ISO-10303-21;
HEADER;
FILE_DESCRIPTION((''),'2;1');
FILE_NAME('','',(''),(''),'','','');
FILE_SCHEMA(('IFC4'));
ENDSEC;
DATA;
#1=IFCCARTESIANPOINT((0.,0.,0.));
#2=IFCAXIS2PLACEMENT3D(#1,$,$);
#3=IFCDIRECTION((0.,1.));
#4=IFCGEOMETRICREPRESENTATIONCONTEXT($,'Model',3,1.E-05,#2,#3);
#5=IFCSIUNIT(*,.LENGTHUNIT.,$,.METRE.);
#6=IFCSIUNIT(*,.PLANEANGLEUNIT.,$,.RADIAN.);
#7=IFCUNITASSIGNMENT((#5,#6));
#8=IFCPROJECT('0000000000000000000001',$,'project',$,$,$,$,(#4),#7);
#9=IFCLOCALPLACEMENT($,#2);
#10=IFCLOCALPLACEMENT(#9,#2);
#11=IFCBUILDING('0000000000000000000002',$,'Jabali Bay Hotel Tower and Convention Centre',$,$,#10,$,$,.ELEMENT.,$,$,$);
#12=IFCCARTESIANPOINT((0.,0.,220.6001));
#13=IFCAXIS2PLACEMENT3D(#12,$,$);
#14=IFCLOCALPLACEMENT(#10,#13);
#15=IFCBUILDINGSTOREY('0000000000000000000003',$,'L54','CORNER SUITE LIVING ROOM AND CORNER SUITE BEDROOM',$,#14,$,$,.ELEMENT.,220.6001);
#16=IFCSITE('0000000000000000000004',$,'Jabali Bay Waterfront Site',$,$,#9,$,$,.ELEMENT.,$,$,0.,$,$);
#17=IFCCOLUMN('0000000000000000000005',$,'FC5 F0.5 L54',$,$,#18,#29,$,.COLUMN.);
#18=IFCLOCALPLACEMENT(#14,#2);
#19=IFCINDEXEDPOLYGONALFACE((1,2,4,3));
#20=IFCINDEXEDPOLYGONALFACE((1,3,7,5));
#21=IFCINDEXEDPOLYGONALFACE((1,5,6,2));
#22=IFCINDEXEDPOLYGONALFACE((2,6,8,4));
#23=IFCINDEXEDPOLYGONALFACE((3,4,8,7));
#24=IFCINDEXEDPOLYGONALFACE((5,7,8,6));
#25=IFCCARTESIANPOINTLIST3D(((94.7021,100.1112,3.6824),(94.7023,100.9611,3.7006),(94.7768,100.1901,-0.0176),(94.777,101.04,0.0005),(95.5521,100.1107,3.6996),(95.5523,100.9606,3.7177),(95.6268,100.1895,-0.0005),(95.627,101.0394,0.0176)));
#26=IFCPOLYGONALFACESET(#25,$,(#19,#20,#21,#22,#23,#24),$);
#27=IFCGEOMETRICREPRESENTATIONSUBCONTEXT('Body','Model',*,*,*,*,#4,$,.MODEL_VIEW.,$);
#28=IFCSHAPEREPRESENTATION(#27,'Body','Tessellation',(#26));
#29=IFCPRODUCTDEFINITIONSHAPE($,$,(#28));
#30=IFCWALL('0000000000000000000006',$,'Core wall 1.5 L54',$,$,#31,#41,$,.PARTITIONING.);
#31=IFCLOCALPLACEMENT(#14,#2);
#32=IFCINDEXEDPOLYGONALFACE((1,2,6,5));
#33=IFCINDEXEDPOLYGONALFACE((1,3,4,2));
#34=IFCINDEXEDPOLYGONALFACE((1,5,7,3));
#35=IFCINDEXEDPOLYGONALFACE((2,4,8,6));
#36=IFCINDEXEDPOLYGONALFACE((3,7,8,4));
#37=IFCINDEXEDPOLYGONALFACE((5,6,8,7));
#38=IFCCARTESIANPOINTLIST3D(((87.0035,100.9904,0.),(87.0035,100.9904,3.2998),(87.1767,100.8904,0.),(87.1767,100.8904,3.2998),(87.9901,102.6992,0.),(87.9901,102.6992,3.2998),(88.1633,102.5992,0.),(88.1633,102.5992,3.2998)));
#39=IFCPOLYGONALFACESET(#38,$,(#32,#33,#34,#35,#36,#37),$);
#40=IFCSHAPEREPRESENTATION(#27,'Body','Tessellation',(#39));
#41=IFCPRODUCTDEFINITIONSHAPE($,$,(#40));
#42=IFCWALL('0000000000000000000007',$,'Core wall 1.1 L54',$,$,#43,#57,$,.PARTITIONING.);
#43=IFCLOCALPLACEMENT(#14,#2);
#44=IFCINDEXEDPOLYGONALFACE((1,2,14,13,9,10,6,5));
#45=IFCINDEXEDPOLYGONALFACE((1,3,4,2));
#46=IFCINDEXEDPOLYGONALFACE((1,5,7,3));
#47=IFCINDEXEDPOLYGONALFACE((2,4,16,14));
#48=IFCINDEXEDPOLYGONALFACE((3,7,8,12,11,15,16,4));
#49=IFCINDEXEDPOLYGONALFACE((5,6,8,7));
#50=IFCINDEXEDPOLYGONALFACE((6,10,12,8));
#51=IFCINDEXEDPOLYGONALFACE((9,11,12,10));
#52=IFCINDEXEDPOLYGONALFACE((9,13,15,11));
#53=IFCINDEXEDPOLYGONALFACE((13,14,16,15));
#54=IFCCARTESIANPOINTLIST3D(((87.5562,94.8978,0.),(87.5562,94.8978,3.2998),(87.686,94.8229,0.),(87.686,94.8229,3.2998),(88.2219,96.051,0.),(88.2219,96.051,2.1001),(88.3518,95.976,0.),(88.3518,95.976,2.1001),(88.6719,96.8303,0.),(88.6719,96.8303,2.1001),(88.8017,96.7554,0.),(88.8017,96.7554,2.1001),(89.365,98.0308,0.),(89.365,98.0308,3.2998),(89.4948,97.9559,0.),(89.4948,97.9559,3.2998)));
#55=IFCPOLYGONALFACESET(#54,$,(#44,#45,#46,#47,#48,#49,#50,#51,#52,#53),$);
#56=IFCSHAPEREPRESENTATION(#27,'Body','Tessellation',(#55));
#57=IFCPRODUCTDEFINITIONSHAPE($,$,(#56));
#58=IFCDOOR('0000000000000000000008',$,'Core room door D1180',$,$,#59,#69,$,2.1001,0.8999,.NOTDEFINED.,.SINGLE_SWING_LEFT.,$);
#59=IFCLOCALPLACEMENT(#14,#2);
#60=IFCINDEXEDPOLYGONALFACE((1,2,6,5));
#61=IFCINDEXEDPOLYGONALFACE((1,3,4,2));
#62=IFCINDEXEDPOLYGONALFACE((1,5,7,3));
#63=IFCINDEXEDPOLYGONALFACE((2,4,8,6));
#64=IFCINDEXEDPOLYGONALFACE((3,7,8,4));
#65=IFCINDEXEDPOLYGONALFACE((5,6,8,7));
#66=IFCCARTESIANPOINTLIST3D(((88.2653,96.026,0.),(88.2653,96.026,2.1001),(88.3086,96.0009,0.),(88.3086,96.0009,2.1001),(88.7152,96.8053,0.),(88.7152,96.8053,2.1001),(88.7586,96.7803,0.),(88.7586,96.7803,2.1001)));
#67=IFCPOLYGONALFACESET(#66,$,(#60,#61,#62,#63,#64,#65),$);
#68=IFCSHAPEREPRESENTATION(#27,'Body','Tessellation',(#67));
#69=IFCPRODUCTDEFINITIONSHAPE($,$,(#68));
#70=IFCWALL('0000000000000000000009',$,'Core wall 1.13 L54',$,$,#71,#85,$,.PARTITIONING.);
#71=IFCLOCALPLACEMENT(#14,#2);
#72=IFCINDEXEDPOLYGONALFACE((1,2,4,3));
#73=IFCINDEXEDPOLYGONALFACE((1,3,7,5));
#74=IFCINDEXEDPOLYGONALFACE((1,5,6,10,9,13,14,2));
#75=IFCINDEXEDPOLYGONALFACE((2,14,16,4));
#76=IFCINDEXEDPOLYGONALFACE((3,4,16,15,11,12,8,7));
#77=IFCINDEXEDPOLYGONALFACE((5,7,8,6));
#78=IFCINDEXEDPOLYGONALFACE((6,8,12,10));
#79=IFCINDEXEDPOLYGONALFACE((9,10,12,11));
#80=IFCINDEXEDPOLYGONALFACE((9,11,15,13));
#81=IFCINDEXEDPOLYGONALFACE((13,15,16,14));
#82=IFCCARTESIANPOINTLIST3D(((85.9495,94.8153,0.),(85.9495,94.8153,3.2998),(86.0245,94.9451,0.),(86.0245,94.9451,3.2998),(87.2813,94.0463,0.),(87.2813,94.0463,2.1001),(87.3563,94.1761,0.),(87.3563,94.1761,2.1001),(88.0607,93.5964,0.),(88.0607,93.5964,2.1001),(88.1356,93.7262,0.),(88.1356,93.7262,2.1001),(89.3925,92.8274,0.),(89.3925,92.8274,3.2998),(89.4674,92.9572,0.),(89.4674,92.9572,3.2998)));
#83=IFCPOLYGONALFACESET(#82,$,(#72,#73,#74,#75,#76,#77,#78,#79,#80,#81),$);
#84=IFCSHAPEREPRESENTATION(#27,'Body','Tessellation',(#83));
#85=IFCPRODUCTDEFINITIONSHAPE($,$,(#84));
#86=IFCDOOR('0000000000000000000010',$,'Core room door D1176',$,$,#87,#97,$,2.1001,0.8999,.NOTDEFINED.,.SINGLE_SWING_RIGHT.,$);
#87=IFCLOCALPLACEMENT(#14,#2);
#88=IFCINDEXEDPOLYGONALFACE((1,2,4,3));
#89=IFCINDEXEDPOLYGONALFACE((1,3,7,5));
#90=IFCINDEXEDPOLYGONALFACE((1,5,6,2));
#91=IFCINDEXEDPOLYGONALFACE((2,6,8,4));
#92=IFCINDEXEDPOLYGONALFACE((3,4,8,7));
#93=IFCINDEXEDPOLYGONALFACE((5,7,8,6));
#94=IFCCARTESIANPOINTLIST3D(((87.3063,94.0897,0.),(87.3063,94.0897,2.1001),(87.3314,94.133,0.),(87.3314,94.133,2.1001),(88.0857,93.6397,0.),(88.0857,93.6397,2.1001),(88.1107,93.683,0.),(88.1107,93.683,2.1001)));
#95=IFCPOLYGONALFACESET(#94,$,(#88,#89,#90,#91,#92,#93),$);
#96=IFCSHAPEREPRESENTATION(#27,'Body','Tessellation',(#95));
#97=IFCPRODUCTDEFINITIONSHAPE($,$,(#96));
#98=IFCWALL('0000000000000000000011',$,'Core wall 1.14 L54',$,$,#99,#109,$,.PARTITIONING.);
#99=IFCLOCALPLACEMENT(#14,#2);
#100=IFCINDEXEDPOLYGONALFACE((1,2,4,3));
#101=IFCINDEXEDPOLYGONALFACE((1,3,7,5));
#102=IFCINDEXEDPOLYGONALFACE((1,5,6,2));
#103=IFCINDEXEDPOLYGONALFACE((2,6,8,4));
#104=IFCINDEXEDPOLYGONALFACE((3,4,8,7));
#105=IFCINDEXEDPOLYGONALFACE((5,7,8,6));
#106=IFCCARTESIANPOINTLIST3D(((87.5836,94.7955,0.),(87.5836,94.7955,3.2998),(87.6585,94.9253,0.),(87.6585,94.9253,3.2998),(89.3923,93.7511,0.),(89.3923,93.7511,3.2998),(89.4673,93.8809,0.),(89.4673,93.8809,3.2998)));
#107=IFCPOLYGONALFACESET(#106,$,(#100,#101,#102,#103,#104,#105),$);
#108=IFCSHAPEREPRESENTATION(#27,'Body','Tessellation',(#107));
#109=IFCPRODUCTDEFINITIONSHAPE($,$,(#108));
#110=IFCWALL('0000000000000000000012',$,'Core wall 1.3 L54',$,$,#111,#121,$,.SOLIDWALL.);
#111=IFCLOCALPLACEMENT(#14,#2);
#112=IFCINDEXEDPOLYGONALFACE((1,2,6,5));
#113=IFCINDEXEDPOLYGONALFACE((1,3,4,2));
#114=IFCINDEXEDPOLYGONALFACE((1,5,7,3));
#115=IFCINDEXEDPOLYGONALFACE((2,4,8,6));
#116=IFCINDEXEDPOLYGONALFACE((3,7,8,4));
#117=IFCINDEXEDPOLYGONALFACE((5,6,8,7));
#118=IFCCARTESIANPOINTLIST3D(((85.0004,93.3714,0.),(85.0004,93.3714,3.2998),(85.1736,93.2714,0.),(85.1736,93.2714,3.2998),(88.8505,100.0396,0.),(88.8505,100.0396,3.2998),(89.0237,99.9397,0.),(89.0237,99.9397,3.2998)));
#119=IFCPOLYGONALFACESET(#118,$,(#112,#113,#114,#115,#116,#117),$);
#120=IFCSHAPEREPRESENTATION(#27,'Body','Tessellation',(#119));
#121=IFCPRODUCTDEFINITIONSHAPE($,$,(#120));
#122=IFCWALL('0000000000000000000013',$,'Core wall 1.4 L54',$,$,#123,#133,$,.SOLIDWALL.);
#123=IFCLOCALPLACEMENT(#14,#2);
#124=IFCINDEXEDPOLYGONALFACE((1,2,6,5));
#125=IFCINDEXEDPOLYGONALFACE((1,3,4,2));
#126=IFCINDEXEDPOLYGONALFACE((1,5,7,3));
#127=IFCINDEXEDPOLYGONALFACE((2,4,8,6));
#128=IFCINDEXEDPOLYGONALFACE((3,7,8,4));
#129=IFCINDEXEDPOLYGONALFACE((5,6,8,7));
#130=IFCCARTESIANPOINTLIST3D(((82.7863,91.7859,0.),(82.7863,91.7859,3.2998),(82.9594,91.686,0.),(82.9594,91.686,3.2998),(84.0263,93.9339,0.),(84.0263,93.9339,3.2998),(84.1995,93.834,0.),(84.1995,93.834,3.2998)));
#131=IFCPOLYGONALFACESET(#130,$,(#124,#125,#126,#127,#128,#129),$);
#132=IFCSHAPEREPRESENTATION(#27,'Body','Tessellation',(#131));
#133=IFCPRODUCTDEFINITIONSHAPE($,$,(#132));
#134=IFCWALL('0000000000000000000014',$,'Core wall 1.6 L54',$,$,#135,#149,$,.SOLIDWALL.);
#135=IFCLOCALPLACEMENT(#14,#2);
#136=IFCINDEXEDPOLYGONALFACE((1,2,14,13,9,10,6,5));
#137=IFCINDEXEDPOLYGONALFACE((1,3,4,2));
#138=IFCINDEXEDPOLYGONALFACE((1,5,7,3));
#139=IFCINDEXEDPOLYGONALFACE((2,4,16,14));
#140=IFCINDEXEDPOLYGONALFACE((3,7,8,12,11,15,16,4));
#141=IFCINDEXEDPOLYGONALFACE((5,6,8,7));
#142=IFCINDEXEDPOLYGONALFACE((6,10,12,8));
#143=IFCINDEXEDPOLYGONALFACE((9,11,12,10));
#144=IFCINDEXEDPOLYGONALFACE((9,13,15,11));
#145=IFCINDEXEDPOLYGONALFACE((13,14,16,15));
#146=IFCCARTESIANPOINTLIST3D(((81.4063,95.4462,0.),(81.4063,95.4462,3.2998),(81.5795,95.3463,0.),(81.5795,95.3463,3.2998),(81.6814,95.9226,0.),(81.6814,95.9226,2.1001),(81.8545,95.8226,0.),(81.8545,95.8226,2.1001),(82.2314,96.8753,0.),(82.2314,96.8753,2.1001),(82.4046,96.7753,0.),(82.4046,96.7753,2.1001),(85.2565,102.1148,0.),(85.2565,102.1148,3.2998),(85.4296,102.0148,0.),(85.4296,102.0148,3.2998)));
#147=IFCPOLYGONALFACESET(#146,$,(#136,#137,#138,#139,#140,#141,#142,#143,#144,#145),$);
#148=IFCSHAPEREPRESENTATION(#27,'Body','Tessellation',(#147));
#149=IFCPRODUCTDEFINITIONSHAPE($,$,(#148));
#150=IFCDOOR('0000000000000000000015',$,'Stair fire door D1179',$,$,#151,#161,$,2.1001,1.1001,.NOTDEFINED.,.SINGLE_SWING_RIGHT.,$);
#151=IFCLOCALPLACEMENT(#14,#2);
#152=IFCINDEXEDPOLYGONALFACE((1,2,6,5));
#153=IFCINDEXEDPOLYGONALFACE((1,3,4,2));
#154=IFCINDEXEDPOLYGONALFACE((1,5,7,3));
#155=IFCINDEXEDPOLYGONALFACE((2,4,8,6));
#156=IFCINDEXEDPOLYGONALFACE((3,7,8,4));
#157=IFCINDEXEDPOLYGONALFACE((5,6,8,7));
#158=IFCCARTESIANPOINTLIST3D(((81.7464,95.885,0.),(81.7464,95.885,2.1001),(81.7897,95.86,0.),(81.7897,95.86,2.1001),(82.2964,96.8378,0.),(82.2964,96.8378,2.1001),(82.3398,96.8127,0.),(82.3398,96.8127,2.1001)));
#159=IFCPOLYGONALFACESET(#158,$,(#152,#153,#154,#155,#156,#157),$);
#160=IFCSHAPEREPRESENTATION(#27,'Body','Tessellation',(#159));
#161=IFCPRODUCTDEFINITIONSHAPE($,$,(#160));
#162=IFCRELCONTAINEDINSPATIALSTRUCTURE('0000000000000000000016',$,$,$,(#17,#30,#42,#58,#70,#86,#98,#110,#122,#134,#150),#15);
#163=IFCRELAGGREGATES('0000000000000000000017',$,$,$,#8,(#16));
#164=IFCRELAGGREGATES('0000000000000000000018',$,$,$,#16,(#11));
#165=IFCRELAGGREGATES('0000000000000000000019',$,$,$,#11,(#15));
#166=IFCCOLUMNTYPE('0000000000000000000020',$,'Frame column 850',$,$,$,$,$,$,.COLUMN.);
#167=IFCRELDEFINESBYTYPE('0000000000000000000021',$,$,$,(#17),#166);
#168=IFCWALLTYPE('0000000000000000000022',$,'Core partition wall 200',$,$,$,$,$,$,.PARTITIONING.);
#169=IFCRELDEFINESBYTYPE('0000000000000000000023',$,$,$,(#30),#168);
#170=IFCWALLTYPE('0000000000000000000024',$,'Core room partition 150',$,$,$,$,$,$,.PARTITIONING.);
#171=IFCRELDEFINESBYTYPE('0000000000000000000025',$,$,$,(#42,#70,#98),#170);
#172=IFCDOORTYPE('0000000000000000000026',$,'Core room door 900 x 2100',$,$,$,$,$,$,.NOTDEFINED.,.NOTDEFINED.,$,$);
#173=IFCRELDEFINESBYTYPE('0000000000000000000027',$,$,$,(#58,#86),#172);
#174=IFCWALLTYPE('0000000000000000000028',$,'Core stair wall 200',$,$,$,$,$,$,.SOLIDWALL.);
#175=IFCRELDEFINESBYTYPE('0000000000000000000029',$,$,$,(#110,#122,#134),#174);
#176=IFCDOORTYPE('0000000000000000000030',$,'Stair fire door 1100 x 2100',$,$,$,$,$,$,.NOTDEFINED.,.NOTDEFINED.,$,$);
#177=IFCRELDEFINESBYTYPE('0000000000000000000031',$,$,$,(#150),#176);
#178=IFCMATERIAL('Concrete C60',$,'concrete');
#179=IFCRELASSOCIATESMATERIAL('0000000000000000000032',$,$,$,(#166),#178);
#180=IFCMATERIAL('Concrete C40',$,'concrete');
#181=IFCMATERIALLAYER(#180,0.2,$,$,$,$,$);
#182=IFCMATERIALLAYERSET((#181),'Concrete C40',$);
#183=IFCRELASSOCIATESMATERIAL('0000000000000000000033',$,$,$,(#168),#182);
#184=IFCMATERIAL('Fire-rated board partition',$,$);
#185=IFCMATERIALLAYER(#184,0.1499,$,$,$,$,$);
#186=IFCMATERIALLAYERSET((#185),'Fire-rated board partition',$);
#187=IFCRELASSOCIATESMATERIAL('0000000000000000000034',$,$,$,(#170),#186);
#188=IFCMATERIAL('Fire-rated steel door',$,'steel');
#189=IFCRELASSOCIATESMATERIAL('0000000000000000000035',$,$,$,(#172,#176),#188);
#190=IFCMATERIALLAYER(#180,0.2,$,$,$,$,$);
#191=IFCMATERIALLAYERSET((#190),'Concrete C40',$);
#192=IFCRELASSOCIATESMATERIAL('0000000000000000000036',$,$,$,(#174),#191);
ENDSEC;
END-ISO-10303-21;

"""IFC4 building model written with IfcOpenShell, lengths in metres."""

from ifc_helpers import new_model, si_unit, direction, frame, frame_2d, origin, origin_2d, place, context, subcontext, project, spatial, rectangle, extrude, material, layer, layer_set, material_profile, profile_set, type_object, element, fill, save


model = new_model("IFC4")

# Units and contexts
model_context = context("Model", 3, precision=1e-05, world=origin(), true_north=direction((0.0, 1.0)))
body_context = subcontext(model_context, "Body", "Model", "MODEL_VIEW")
ifc_project = project(units=[si_unit("LENGTHUNIT", "METRE"), si_unit("PLANEANGLEUNIT", "RADIAN")], contexts=[model_context])

# Site, building, storey
site_placement = place(None, origin())
site = spatial("IfcSite", under=ifc_project, at=site_placement, Name="Jabali Bay Waterfront Site", CompositionType="ELEMENT", RefElevation=0.0)
building_placement = place(site_placement, origin())
building = spatial("IfcBuilding", under=site, at=building_placement, Name="Jabali Bay Hotel Tower and Convention Centre", CompositionType="ELEMENT")
storey_placement = place(building_placement, frame((0.0, 0.0, 220.6001)))
storey = spatial("IfcBuildingStorey", under=building, at=storey_placement, Name="L54", Description="CORNER SUITE LIVING ROOM AND CORNER SUITE BEDROOM", CompositionType="ELEMENT", Elevation=220.6001)

# Column
ifc_material_1 = material(Name="Concrete C60", Category="concrete")
ifc_material_profile = material_profile(ifc_material_1, rectangle(XDim=0.8501, YDim=0.8501, at=origin_2d()), Name="Frame column 850")
ifc_profile_set = profile_set([ifc_material_profile], Name="Concrete C60")
column_type = type_object("IfcColumnType", Name="Frame column 850", PredefinedType="COLUMN", material=ifc_profile_set)
column_placement = place(storey_placement, frame((95.2019, 100.6147, 0.0), z_axis=(-0.020183, -0.021304, 0.999569), x_axis=(0.999796, -0.000658, 0.020173)))
element("IfcColumn", 1, at=column_placement, inside=storey, type_object=column_type, Name="FC5 F0.5 L54", PredefinedType="COLUMN", context=body_context, shape_type="SweptSolid", body=[
    extrude(rectangle(XDim=0.8501, YDim=0.8501, at=origin_2d()), origin(), (0.0, 0.0, 1.0), 3.7017),
])

# Wall
ifc_material_2 = material(Name="Concrete C40", Category="concrete")
ifc_layer_1 = layer(ifc_material_2, 0.2)
ifc_layer_set_1 = layer_set([ifc_layer_1], Name="Concrete C40")
wall_type_1 = type_object("IfcWallType", Name="Core partition wall 200", PredefinedType="PARTITIONING", material=ifc_layer_set_1)
wall_1_placement = place(storey_placement, frame((87.0901, 100.9404, 0.0), z_axis=(0.0, 0.0, 1.0), x_axis=(0.500012, 0.866019, 0.0)))
element("IfcWall", 2, at=wall_1_placement, inside=storey, type_object=wall_type_1, Name="Core wall 1.5 L54", PredefinedType="PARTITIONING", context=body_context, shape_type="SweptSolid", body=[
    extrude(rectangle(XDim=1.9731, YDim=0.2, at=frame_2d((0.9866, 0.0))), origin(), (0.0, 0.0, 1.0), 3.2998),
])

# Walls, openings, doors
ifc_material_3 = material(Name="Fire-rated board partition")
ifc_layer_2 = layer(ifc_material_3, 0.1499)
ifc_layer_set_2 = layer_set([ifc_layer_2], Name="Fire-rated board partition")
wall_type_2 = type_object("IfcWallType", Name="Core room partition 150", PredefinedType="PARTITIONING", material=ifc_layer_set_2)
wall_2_placement = place(storey_placement, frame((87.6211, 94.8604, 0.0), z_axis=(0.0, 0.0, 1.0), x_axis=(0.499993, 0.866029, 0.0)))
wall_2 = element("IfcWall", 3, at=wall_2_placement, inside=storey, type_object=wall_type_2, Name="Core wall 1.1 L54", PredefinedType="PARTITIONING", context=body_context, shape_type="SweptSolid", body=[
    extrude(rectangle(XDim=3.6177, YDim=0.1499, at=frame_2d((1.8088, 0.0))), origin(), (0.0, 0.0, 1.0), 3.2998),
])
opening_1_placement = place(wall_2_placement, frame((1.3315, 0.0, 0.0)))
opening_1 = element("IfcOpeningElement", 4, at=opening_1_placement, cuts=wall_2, PredefinedType="OPENING", context=body_context, shape_type="SweptSolid", body=[
    extrude(rectangle(XDim=0.8999, YDim=2.1001, at=frame_2d((0.45, 1.05))), frame((0.0, 0.0854, 0.0), z_axis=(0.0, -1.0, 0.0), x_axis=(1.0, 0.0, 0.0)), (0.0, 0.0, 1.0), 0.1709),
])
ifc_material_4 = material(Name="Fire-rated steel door", Category="steel")
door_type_1 = type_object("IfcDoorType", Name="Core room door 900 x 2100", OperationType="NOTDEFINED", PredefinedType="NOTDEFINED", material=ifc_material_4)
door_1_placement = place(opening_1_placement, origin())
door_1 = element("IfcDoor", 5, at=door_1_placement, inside=storey, type_object=door_type_1, Name="Core room door D1180", OperationType="SINGLE_SWING_LEFT", OverallHeight=2.1001, OverallWidth=0.8999, PredefinedType="NOTDEFINED", context=body_context, shape_type="SweptSolid", body=[
    extrude(rectangle(XDim=0.8999, YDim=2.1001, at=frame_2d((0.45, 1.05))), frame((0.0, 0.0249, 0.0), z_axis=(0.0, -1.0, 0.0), x_axis=(1.0, 0.0, 0.0)), (0.0, 0.0, 1.0), 0.05),
])
fill(opening_1, door_1)
wall_3_placement = place(storey_placement, frame((89.4299, 92.8923, 0.0), z_axis=(0.0, 0.0, 1.0), x_axis=(-0.86602, 0.50001, 0.0)))
wall_3 = element("IfcWall", 6, at=wall_3_placement, inside=storey, type_object=wall_type_2, Name="Core wall 1.13 L54", PredefinedType="PARTITIONING", context=body_context, shape_type="SweptSolid", body=[
    extrude(rectangle(XDim=3.9756, YDim=0.1499, at=frame_2d((1.9878, 0.0))), origin(), (0.0, 0.0, 1.0), 3.2998),
])
opening_2_placement = place(wall_3_placement, frame((1.5378, 0.0, 0.0)))
opening_2 = element("IfcOpeningElement", 7, at=opening_2_placement, cuts=wall_3, PredefinedType="OPENING", context=body_context, shape_type="SweptSolid", body=[
    extrude(rectangle(XDim=0.8999, YDim=2.1001, at=frame_2d((0.45, 1.05))), frame((0.0, 0.0854, 0.0), z_axis=(0.0, -1.0, 0.0), x_axis=(1.0, 0.0, 0.0)), (0.0, 0.0, 1.0), 0.1709),
])
door_2_placement = place(opening_2_placement, origin())
door_2 = element("IfcDoor", 8, at=door_2_placement, inside=storey, type_object=door_type_1, Name="Core room door D1176", OperationType="SINGLE_SWING_RIGHT", OverallHeight=2.1001, OverallWidth=0.8999, PredefinedType="NOTDEFINED", context=body_context, shape_type="SweptSolid", body=[
    extrude(rectangle(XDim=0.8999, YDim=2.1001, at=frame_2d((0.45, 1.05))), frame((0.0, 0.0249, 0.0), z_axis=(0.0, -1.0, 0.0), x_axis=(1.0, 0.0, 0.0)), (0.0, 0.0, 1.0), 0.05),
])
fill(opening_2, door_2)

# Walls
wall_4_placement = place(storey_placement, frame((89.4299, 93.8159, 0.0), z_axis=(0.0, 0.0, 1.0), x_axis=(-0.866005, 0.500036, 0.0)))
element("IfcWall", 9, at=wall_4_placement, inside=storey, type_object=wall_type_2, Name="Core wall 1.14 L54", PredefinedType="PARTITIONING", context=body_context, shape_type="SweptSolid", body=[
    extrude(rectangle(XDim=2.0886, YDim=0.1499, at=frame_2d((1.0444, 0.0))), origin(), (0.0, 0.0, 1.0), 3.2998),
])
ifc_layer_3 = layer(ifc_material_2, 0.2)
ifc_layer_set_3 = layer_set([ifc_layer_3], Name="Concrete C40")
wall_type_3 = type_object("IfcWallType", Name="Core stair wall 200", PredefinedType="SOLIDWALL", material=ifc_layer_set_3)
wall_5_placement = place(storey_placement, frame((85.0869, 93.3213, 0.0), z_axis=(0.0, 0.0, 1.0), x_axis=(0.50002, 0.866014, 0.0)))
element("IfcWall", 10, at=wall_5_placement, inside=storey, type_object=wall_type_3, Name="Core wall 1.3 L54", PredefinedType="SOLIDWALL", context=body_context, shape_type="SweptSolid", body=[
    extrude(rectangle(XDim=7.7, YDim=0.2, at=frame_2d((3.8501, 0.0))), origin(), (0.0, 0.0, 1.0), 3.2998),
])
wall_6_placement = place(storey_placement, frame((82.8728, 91.7358, 0.0), z_axis=(0.0, 0.0, 1.0), x_axis=(0.499961, 0.866048, 0.0)))
element("IfcWall", 11, at=wall_6_placement, inside=storey, type_object=wall_type_3, Name="Core wall 1.4 L54", PredefinedType="SOLIDWALL", context=body_context, shape_type="SweptSolid", body=[
    extrude(rectangle(XDim=2.4802, YDim=0.2, at=frame_2d((1.2402, 0.0))), origin(), (0.0, 0.0, 1.0), 3.2998),
])

# Wall, opening, door
wall_7_placement = place(storey_placement, frame((81.4929, 95.3962, 0.0), z_axis=(0.0, 0.0, 1.0), x_axis=(0.500006, 0.866022, 0.0)))
wall_7 = element("IfcWall", 12, at=wall_7_placement, inside=storey, type_object=wall_type_3, Name="Core wall 1.6 L54", PredefinedType="SOLIDWALL", context=body_context, shape_type="SweptSolid", body=[
    extrude(rectangle(XDim=7.7002, YDim=0.2, at=frame_2d((3.8501, 0.0))), origin(), (0.0, 0.0, 1.0), 3.2998),
])
opening_3_placement = place(wall_7_placement, frame((0.55, 0.0, 0.0)))
opening_3 = element("IfcOpeningElement", 13, at=opening_3_placement, cuts=wall_7, PredefinedType="OPENING", context=body_context, shape_type="SweptSolid", body=[
    extrude(rectangle(XDim=1.1001, YDim=2.1001, at=frame_2d((0.55, 1.05))), frame((0.0, 0.1104, 0.0), z_axis=(0.0, -1.0, 0.0), x_axis=(1.0, 0.0, 0.0)), (0.0, 0.0, 1.0), 0.2209),
])
door_type_2 = type_object("IfcDoorType", Name="Stair fire door 1100 x 2100", OperationType="NOTDEFINED", PredefinedType="NOTDEFINED", material=ifc_material_4)
door_3_placement = place(opening_3_placement, origin())
door_3 = element("IfcDoor", 14, at=door_3_placement, inside=storey, type_object=door_type_2, Name="Stair fire door D1179", OperationType="SINGLE_SWING_RIGHT", OverallHeight=2.1001, OverallWidth=1.1001, PredefinedType="NOTDEFINED", context=body_context, shape_type="SweptSolid", body=[
    extrude(rectangle(XDim=1.1001, YDim=2.1001, at=frame_2d((0.55, 1.05))), frame((0.0, 0.0249, 0.0), z_axis=(0.0, -1.0, 0.0), x_axis=(1.0, 0.0, 0.0)), (0.0, 0.0, 1.0), 0.05),
])
fill(opening_3, door_3)

save(model, "model.ifc")
